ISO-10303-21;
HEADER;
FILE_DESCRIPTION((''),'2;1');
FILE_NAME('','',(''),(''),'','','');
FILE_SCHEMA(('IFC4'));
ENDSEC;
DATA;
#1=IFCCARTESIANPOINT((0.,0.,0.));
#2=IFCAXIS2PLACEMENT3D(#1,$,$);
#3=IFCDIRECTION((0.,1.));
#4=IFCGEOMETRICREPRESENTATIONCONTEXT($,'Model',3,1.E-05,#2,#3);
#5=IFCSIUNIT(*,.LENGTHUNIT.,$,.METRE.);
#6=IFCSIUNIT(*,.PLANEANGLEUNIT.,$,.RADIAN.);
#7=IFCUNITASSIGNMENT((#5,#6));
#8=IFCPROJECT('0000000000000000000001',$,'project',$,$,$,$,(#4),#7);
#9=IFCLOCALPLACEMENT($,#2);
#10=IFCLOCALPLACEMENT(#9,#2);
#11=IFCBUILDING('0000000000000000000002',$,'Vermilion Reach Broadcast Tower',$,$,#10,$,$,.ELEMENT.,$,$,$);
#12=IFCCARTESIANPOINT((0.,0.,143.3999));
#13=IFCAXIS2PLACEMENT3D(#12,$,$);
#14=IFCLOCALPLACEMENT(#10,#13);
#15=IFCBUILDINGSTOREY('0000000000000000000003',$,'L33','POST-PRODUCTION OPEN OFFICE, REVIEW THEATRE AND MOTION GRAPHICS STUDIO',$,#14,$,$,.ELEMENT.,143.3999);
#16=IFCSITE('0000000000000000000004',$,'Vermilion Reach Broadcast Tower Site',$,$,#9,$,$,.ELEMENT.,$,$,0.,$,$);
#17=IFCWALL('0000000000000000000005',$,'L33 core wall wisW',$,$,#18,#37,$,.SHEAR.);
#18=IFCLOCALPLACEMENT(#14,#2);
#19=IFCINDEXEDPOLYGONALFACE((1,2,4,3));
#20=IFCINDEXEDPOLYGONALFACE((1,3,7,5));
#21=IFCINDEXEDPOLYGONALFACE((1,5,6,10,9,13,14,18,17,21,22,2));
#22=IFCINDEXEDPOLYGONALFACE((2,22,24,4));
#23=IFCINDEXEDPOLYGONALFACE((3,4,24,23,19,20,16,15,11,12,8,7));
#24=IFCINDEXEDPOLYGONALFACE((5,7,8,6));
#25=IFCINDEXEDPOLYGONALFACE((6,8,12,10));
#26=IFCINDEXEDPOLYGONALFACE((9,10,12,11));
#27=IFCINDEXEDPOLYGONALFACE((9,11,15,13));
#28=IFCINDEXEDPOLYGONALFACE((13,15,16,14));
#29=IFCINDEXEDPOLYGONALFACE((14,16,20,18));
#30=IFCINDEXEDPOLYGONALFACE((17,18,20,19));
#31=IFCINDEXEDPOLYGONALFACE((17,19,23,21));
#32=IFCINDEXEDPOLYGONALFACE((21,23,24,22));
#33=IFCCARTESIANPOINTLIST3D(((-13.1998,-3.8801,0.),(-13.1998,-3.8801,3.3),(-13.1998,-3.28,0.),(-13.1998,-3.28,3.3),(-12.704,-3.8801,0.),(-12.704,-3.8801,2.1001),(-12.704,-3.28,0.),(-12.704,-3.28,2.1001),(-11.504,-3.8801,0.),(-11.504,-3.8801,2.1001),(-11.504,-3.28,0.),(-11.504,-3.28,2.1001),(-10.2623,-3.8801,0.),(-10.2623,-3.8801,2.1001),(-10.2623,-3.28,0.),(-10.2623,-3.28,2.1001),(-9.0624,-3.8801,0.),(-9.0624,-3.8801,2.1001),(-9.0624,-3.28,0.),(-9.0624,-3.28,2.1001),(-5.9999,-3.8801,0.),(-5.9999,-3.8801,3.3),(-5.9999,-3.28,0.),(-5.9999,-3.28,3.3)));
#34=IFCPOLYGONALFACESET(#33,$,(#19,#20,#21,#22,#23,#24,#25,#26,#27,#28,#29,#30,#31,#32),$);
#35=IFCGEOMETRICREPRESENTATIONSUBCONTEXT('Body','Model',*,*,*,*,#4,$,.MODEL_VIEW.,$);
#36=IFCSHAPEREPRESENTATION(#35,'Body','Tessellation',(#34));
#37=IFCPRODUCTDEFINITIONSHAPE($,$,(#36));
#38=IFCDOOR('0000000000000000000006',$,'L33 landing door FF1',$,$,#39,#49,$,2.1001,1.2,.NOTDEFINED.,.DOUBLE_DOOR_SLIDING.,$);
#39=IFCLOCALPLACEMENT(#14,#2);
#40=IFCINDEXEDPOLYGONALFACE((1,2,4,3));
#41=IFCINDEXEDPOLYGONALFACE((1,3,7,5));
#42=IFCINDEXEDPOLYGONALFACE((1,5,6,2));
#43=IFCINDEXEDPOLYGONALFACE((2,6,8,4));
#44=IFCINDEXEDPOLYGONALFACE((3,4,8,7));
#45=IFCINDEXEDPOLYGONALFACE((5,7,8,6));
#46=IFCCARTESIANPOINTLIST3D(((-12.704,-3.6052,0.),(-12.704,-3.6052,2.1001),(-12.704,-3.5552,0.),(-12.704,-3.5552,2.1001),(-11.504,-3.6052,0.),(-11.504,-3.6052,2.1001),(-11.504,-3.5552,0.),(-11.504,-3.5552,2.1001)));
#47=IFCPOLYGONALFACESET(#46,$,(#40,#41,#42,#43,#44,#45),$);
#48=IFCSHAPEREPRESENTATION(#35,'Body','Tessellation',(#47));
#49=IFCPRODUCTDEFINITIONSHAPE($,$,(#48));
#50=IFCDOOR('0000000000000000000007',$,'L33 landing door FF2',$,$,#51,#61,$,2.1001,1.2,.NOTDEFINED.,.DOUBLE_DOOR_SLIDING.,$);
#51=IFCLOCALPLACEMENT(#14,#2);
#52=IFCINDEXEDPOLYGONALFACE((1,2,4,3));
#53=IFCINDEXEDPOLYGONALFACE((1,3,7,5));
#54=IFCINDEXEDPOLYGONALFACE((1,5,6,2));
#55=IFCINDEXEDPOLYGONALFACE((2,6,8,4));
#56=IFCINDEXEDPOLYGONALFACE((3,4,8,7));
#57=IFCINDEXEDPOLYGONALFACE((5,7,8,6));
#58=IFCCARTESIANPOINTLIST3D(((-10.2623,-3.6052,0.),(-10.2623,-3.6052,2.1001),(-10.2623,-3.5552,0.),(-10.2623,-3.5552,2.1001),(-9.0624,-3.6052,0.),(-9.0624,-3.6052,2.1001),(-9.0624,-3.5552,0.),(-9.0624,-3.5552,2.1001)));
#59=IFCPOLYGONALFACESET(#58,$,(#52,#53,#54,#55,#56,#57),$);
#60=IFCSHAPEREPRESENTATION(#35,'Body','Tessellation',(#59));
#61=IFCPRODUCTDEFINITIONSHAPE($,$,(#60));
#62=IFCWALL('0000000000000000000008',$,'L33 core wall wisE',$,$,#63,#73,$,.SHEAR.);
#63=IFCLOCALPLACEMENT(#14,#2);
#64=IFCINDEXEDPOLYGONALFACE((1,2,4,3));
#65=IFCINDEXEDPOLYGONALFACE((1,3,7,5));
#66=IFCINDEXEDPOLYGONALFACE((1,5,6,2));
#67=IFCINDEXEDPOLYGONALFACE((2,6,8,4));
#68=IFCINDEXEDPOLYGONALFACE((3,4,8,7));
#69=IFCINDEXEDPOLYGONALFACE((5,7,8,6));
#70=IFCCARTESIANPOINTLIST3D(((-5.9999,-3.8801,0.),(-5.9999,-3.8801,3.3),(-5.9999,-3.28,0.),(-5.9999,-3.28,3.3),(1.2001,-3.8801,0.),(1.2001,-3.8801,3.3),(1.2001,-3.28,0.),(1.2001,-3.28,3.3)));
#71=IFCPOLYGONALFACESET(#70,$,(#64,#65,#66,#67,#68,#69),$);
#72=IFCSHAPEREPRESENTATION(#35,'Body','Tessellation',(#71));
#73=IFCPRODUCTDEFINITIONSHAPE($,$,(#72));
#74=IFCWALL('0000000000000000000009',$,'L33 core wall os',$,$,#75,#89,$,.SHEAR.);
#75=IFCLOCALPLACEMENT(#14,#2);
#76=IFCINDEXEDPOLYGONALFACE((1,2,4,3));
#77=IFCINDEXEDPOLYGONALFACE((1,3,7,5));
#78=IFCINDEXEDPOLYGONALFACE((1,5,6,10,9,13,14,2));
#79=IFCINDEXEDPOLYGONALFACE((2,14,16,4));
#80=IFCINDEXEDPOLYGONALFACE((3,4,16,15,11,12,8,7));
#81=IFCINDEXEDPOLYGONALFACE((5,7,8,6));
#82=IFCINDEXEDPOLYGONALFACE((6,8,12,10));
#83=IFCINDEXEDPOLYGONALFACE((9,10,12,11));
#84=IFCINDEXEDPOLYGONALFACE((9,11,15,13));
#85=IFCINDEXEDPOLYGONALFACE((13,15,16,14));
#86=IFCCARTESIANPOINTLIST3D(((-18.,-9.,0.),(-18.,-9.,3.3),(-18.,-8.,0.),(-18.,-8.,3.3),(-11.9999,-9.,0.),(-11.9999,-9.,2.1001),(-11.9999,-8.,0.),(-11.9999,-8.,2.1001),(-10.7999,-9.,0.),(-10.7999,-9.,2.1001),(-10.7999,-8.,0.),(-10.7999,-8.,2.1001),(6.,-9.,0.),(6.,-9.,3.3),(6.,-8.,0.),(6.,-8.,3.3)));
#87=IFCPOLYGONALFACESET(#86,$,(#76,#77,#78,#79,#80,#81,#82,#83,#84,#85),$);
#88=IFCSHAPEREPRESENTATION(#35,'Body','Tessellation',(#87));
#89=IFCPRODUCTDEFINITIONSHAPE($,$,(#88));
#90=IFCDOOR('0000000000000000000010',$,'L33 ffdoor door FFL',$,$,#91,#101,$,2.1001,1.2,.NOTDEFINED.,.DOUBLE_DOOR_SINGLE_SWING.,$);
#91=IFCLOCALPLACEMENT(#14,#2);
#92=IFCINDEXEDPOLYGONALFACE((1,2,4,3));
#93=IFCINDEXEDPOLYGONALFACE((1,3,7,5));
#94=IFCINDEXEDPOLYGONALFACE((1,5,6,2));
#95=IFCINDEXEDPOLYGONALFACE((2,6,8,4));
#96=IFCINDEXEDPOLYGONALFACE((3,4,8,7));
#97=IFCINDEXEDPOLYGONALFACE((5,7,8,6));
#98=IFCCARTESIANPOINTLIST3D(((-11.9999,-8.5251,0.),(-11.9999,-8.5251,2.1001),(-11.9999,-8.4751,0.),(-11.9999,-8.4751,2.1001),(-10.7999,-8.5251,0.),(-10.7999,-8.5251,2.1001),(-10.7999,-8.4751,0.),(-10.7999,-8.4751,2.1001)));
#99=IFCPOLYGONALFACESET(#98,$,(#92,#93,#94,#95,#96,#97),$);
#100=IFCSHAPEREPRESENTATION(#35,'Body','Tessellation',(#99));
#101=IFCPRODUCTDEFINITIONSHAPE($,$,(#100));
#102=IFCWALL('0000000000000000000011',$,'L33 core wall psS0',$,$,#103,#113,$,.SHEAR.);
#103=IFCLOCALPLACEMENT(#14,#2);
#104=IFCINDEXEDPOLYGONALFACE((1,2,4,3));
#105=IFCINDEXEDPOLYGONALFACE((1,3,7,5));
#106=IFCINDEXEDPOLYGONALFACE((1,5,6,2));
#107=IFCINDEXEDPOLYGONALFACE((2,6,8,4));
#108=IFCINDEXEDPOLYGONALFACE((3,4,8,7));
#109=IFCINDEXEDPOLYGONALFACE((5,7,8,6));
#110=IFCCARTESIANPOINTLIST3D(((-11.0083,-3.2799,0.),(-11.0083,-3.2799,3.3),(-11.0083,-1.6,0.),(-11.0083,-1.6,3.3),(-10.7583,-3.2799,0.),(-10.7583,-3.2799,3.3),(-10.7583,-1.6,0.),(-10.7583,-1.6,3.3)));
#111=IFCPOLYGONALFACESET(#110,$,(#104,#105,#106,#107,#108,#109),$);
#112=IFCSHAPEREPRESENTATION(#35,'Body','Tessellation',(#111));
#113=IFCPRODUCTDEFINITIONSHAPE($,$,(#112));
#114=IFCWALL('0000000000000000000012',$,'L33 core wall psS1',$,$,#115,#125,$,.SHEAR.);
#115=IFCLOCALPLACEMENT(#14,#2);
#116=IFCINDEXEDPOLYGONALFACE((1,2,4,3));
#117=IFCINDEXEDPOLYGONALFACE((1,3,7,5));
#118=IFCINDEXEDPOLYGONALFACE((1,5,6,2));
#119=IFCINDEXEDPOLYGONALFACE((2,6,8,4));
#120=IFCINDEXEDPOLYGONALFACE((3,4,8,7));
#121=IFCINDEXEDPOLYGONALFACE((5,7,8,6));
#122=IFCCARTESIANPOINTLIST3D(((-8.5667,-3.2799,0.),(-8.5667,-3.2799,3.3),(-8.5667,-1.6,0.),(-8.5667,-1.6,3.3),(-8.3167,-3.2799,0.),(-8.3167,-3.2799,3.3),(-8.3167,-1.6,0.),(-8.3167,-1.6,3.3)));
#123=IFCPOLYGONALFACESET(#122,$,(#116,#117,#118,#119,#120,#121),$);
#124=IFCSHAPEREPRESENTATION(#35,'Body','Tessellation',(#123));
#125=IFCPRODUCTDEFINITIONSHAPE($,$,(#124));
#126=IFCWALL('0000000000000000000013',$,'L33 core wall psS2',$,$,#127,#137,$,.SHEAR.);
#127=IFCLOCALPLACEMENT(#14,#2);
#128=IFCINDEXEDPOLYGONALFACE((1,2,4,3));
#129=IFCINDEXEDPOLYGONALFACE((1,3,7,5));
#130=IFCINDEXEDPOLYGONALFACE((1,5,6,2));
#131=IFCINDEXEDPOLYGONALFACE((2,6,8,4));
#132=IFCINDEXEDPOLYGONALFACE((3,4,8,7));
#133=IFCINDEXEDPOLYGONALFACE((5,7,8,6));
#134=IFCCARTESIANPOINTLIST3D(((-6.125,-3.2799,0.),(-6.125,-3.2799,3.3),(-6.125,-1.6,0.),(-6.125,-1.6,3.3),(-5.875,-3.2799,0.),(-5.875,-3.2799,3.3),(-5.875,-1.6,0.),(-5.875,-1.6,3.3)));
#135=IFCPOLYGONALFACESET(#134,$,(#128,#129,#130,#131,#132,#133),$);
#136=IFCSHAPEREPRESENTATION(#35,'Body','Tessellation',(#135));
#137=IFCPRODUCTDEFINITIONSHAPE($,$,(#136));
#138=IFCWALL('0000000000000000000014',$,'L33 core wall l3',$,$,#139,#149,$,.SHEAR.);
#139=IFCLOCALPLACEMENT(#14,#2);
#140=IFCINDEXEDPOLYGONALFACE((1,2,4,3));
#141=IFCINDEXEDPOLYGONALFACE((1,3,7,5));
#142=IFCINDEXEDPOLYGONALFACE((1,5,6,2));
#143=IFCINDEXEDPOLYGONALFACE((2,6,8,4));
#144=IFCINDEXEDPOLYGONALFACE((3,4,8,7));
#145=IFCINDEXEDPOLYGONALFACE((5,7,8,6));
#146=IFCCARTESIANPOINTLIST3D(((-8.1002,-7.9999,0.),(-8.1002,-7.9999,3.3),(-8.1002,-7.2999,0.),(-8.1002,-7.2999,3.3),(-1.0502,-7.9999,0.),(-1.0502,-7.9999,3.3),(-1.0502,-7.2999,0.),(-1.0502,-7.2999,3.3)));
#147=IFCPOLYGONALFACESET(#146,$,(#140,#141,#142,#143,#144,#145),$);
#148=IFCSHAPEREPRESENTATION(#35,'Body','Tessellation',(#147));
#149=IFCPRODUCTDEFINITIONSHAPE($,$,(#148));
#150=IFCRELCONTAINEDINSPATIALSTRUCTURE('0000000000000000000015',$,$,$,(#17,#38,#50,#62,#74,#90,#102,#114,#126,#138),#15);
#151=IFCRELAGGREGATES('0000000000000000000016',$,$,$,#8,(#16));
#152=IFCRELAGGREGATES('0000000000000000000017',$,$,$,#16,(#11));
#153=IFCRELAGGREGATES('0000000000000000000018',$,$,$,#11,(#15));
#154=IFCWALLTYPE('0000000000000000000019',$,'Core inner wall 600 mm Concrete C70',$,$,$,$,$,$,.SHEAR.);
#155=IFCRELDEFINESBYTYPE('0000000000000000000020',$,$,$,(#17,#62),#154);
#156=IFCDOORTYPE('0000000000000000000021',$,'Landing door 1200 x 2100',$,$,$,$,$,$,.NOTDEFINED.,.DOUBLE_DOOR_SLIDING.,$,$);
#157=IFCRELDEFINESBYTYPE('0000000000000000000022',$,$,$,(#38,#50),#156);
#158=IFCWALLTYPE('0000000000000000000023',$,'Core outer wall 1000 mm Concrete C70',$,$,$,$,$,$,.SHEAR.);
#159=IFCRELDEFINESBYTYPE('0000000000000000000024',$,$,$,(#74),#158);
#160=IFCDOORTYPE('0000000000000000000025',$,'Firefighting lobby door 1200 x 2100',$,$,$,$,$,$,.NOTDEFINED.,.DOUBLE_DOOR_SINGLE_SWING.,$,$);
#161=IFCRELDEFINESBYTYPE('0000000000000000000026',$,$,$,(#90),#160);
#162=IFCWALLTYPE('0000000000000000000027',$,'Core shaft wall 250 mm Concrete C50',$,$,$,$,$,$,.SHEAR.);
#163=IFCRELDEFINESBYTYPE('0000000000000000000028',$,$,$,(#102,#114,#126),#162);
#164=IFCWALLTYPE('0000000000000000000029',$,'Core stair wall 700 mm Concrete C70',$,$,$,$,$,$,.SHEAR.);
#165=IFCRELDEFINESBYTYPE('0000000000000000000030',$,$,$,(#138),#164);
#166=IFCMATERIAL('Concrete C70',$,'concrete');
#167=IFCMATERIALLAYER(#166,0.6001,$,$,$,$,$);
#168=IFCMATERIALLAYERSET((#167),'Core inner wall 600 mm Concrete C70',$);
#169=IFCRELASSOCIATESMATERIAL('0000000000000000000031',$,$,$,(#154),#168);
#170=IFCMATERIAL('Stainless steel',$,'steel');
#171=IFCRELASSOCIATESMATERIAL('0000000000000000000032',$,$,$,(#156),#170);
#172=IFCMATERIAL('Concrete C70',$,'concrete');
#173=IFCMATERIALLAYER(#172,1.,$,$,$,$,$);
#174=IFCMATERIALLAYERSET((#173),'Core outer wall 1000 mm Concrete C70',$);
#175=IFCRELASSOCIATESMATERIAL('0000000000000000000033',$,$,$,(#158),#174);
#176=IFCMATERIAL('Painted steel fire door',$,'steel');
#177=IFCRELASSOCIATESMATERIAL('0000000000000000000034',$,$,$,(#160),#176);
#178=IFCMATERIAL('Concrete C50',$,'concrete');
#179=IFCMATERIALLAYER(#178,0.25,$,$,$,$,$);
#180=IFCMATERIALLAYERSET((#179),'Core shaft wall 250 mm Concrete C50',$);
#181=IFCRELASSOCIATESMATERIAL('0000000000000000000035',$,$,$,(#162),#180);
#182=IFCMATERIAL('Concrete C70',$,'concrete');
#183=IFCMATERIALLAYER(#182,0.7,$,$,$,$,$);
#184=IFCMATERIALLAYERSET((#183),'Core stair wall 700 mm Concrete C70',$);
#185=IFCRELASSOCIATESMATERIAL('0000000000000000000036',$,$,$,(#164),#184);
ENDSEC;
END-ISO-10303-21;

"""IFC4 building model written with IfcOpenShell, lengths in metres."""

from ifc_helpers import new_model, si_unit, direction, frame, frame_2d, origin, place, context, subcontext, project, spatial, rectangle, extrude, material, layer, layer_set, type_object, element, fill, save


model = new_model("IFC4")

# Units and contexts
model_context = context("Model", 3, precision=1e-05, world=origin(), true_north=direction((0.0, 1.0)))
body_context = subcontext(model_context, "Body", "Model", "MODEL_VIEW")
ifc_project = project(units=[si_unit("LENGTHUNIT", "METRE"), si_unit("PLANEANGLEUNIT", "RADIAN")], contexts=[model_context])

# Site, building, storey
site_placement = place(None, origin())
site = spatial("IfcSite", under=ifc_project, at=site_placement, Name="Vermilion Reach Broadcast Tower Site", CompositionType="ELEMENT", RefElevation=0.0)
building_placement = place(site_placement, origin())
building = spatial("IfcBuilding", under=site, at=building_placement, Name="Vermilion Reach Broadcast Tower", CompositionType="ELEMENT")
storey_placement = place(building_placement, frame((0.0, 0.0, 143.3999)))
storey = spatial("IfcBuildingStorey", under=building, at=storey_placement, Name="L33", Description="POST-PRODUCTION OPEN OFFICE, REVIEW THEATRE AND MOTION GRAPHICS STUDIO", CompositionType="ELEMENT", Elevation=143.3999)

# Wall, openings, doors
ifc_material_1 = material(Name="Concrete C70", Category="concrete")
ifc_layer_1 = layer(ifc_material_1, 0.6001)
ifc_layer_set_1 = layer_set([ifc_layer_1], Name="Core inner wall 600 mm Concrete C70")
wall_type_1 = type_object("IfcWallType", Name="Core inner wall 600 mm Concrete C70", PredefinedType="SHEAR", material=ifc_layer_set_1)
wall_1_placement = place(storey_placement, frame((-13.2, -3.5801, 0.0), z_axis=(0.0, 0.0, 1.0), x_axis=(1.0, 0.0, 0.0)))
wall_1 = element("IfcWall", 1, at=wall_1_placement, inside=storey, type_object=wall_type_1, Name="L33 core wall wisW", PredefinedType="SHEAR", context=body_context, shape_type="SweptSolid", body=[
    extrude(rectangle(XDim=7.2, YDim=0.6001, at=frame_2d((3.6001, 0.0))), origin(), (0.0, 0.0, 1.0), 3.3),
])
opening_1_placement = place(wall_1_placement, frame((0.4958, 0.0, 0.0)))
opening_1 = element("IfcOpeningElement", 2, at=opening_1_placement, cuts=wall_1, PredefinedType="OPENING", context=body_context, shape_type="SweptSolid", body=[
    extrude(rectangle(XDim=1.2, YDim=2.1001, at=frame_2d((0.6001, 1.05))), frame((0.0, 0.3101, 0.0), z_axis=(0.0, -1.0, 0.0), x_axis=(1.0, 0.0, 0.0)), (0.0, 0.0, 1.0), 0.6201),
])
opening_2_placement = place(wall_1_placement, frame((2.9375, 0.0, 0.0)))
opening_2 = element("IfcOpeningElement", 3, at=opening_2_placement, cuts=wall_1, PredefinedType="OPENING", context=body_context, shape_type="SweptSolid", body=[
    extrude(rectangle(XDim=1.2, YDim=2.1001, at=frame_2d((0.6001, 1.05))), frame((0.0, 0.3101, 0.0), z_axis=(0.0, -1.0, 0.0), x_axis=(1.0, 0.0, 0.0)), (0.0, 0.0, 1.0), 0.6201),
])
ifc_material_2 = material(Name="Stainless steel", Category="steel")
door_type_1 = type_object("IfcDoorType", Name="Landing door 1200 x 2100", OperationType="DOUBLE_DOOR_SLIDING", PredefinedType="NOTDEFINED", material=ifc_material_2)
door_1_placement = place(opening_1_placement, origin())
door_1 = element("IfcDoor", 4, at=door_1_placement, inside=storey, type_object=door_type_1, Name="L33 landing door FF1", OperationType="DOUBLE_DOOR_SLIDING", OverallHeight=2.1001, OverallWidth=1.2, PredefinedType="NOTDEFINED", context=body_context, shape_type="SweptSolid", body=[
    extrude(rectangle(XDim=1.2, YDim=2.1001, at=frame_2d((0.6001, 1.05))), frame((0.0, 0.0249, 0.0), z_axis=(0.0, -1.0, 0.0), x_axis=(1.0, 0.0, 0.0)), (0.0, 0.0, 1.0), 0.05),
])
fill(opening_1, door_1)
door_2_placement = place(opening_2_placement, origin())
door_2 = element("IfcDoor", 5, at=door_2_placement, inside=storey, type_object=door_type_1, Name="L33 landing door FF2", OperationType="DOUBLE_DOOR_SLIDING", OverallHeight=2.1001, OverallWidth=1.2, PredefinedType="NOTDEFINED", context=body_context, shape_type="SweptSolid", body=[
    extrude(rectangle(XDim=1.2, YDim=2.1001, at=frame_2d((0.6001, 1.05))), frame((0.0, 0.0249, 0.0), z_axis=(0.0, -1.0, 0.0), x_axis=(1.0, 0.0, 0.0)), (0.0, 0.0, 1.0), 0.05),
])
fill(opening_2, door_2)

# Wall
wall_2_placement = place(storey_placement, frame((-6.0, -3.5801, 0.0), z_axis=(0.0, 0.0, 1.0), x_axis=(1.0, 0.0, 0.0)))
element("IfcWall", 6, at=wall_2_placement, inside=storey, type_object=wall_type_1, Name="L33 core wall wisE", PredefinedType="SHEAR", context=body_context, shape_type="SweptSolid", body=[
    extrude(rectangle(XDim=7.2, YDim=0.6001, at=frame_2d((3.6001, 0.0))), origin(), (0.0, 0.0, 1.0), 3.3),
])

# Wall, opening, door
ifc_material_3 = material(Name="Concrete C70", Category="concrete")
ifc_layer_2 = layer(ifc_material_3, 1.0)
ifc_layer_set_2 = layer_set([ifc_layer_2], Name="Core outer wall 1000 mm Concrete C70")
wall_type_2 = type_object("IfcWallType", Name="Core outer wall 1000 mm Concrete C70", PredefinedType="SHEAR", material=ifc_layer_set_2)
wall_3_placement = place(storey_placement, frame((-18.0, -8.5, 0.0), z_axis=(0.0, 0.0, 1.0), x_axis=(1.0, 0.0, 0.0)))
wall_3 = element("IfcWall", 7, at=wall_3_placement, inside=storey, type_object=wall_type_2, Name="L33 core wall os", PredefinedType="SHEAR", context=body_context, shape_type="SweptSolid", body=[
    extrude(rectangle(XDim=24.0, YDim=1.0, at=frame_2d((12.0, 0.0))), origin(), (0.0, 0.0, 1.0), 3.3),
])
opening_3_placement = place(wall_3_placement, frame((6.0, 0.0, 0.0)))
opening_3 = element("IfcOpeningElement", 8, at=opening_3_placement, cuts=wall_3, PredefinedType="OPENING", context=body_context, shape_type="SweptSolid", body=[
    extrude(rectangle(XDim=1.2, YDim=2.1001, at=frame_2d((0.6001, 1.05))), frame((0.0, 0.51, 0.0), z_axis=(0.0, -1.0, 0.0), x_axis=(1.0, 0.0, 0.0)), (0.0, 0.0, 1.0), 1.02),
])
ifc_material_4 = material(Name="Painted steel fire door", Category="steel")
door_type_2 = type_object("IfcDoorType", Name="Firefighting lobby door 1200 x 2100", OperationType="DOUBLE_DOOR_SINGLE_SWING", PredefinedType="NOTDEFINED", material=ifc_material_4)
door_3_placement = place(opening_3_placement, origin())
door_3 = element("IfcDoor", 9, at=door_3_placement, inside=storey, type_object=door_type_2, Name="L33 ffdoor door FFL", OperationType="DOUBLE_DOOR_SINGLE_SWING", OverallHeight=2.1001, OverallWidth=1.2, PredefinedType="NOTDEFINED", context=body_context, shape_type="SweptSolid", body=[
    extrude(rectangle(XDim=1.2, YDim=2.1001, at=frame_2d((0.6001, 1.05))), frame((0.0, 0.0249, 0.0), z_axis=(0.0, -1.0, 0.0), x_axis=(1.0, 0.0, 0.0)), (0.0, 0.0, 1.0), 0.05),
])
fill(opening_3, door_3)

# Walls
ifc_material_5 = material(Name="Concrete C50", Category="concrete")
ifc_layer_3 = layer(ifc_material_5, 0.25)
ifc_layer_set_3 = layer_set([ifc_layer_3], Name="Core shaft wall 250 mm Concrete C50")
wall_type_3 = type_object("IfcWallType", Name="Core shaft wall 250 mm Concrete C50", PredefinedType="SHEAR", material=ifc_layer_set_3)
for number, where, z_axis, x_axis, name in (
    (10, (-10.8833, -1.6001, 0.0), (0.0, 0.0, 1.0), (0.0, -1.0, 0.0), "L33 core wall psS0"),
    (11, (-8.4417, -1.6001, 0.0), (0.0, 0.0, 1.0), (0.0, -1.0, 0.0), "L33 core wall psS1"),
    (12, (-6.0, -1.6001, 0.0), (0.0, 0.0, 1.0), (0.0, -1.0, 0.0), "L33 core wall psS2"),
):
    element("IfcWall", number, at=place(storey_placement, frame(where, z_axis=z_axis, x_axis=x_axis)), inside=storey, type_object=wall_type_3, Name=name, PredefinedType="SHEAR", context=body_context, shape_type="SweptSolid", body=[
        extrude(rectangle(XDim=1.6799, YDim=0.25, at=frame_2d((0.8398, 0.0))), origin(), (0.0, 0.0, 1.0), 3.3),
    ])
ifc_material_6 = material(Name="Concrete C70", Category="concrete")
ifc_layer_4 = layer(ifc_material_6, 0.7)
ifc_layer_set_4 = layer_set([ifc_layer_4], Name="Core stair wall 700 mm Concrete C70")
wall_type_4 = type_object("IfcWallType", Name="Core stair wall 700 mm Concrete C70", PredefinedType="SHEAR", material=ifc_layer_set_4)
wall_4_placement = place(storey_placement, frame((-8.1001, -7.6499, 0.0), z_axis=(0.0, 0.0, 1.0), x_axis=(1.0, 0.0, 0.0)))
element("IfcWall", 13, at=wall_4_placement, inside=storey, type_object=wall_type_4, Name="L33 core wall l3", PredefinedType="SHEAR", context=body_context, shape_type="SweptSolid", body=[
    extrude(rectangle(XDim=7.05, YDim=0.7, at=frame_2d((3.5249, 0.0))), origin(), (0.0, 0.0, 1.0), 3.3),
])

save(model, "model.ifc")
